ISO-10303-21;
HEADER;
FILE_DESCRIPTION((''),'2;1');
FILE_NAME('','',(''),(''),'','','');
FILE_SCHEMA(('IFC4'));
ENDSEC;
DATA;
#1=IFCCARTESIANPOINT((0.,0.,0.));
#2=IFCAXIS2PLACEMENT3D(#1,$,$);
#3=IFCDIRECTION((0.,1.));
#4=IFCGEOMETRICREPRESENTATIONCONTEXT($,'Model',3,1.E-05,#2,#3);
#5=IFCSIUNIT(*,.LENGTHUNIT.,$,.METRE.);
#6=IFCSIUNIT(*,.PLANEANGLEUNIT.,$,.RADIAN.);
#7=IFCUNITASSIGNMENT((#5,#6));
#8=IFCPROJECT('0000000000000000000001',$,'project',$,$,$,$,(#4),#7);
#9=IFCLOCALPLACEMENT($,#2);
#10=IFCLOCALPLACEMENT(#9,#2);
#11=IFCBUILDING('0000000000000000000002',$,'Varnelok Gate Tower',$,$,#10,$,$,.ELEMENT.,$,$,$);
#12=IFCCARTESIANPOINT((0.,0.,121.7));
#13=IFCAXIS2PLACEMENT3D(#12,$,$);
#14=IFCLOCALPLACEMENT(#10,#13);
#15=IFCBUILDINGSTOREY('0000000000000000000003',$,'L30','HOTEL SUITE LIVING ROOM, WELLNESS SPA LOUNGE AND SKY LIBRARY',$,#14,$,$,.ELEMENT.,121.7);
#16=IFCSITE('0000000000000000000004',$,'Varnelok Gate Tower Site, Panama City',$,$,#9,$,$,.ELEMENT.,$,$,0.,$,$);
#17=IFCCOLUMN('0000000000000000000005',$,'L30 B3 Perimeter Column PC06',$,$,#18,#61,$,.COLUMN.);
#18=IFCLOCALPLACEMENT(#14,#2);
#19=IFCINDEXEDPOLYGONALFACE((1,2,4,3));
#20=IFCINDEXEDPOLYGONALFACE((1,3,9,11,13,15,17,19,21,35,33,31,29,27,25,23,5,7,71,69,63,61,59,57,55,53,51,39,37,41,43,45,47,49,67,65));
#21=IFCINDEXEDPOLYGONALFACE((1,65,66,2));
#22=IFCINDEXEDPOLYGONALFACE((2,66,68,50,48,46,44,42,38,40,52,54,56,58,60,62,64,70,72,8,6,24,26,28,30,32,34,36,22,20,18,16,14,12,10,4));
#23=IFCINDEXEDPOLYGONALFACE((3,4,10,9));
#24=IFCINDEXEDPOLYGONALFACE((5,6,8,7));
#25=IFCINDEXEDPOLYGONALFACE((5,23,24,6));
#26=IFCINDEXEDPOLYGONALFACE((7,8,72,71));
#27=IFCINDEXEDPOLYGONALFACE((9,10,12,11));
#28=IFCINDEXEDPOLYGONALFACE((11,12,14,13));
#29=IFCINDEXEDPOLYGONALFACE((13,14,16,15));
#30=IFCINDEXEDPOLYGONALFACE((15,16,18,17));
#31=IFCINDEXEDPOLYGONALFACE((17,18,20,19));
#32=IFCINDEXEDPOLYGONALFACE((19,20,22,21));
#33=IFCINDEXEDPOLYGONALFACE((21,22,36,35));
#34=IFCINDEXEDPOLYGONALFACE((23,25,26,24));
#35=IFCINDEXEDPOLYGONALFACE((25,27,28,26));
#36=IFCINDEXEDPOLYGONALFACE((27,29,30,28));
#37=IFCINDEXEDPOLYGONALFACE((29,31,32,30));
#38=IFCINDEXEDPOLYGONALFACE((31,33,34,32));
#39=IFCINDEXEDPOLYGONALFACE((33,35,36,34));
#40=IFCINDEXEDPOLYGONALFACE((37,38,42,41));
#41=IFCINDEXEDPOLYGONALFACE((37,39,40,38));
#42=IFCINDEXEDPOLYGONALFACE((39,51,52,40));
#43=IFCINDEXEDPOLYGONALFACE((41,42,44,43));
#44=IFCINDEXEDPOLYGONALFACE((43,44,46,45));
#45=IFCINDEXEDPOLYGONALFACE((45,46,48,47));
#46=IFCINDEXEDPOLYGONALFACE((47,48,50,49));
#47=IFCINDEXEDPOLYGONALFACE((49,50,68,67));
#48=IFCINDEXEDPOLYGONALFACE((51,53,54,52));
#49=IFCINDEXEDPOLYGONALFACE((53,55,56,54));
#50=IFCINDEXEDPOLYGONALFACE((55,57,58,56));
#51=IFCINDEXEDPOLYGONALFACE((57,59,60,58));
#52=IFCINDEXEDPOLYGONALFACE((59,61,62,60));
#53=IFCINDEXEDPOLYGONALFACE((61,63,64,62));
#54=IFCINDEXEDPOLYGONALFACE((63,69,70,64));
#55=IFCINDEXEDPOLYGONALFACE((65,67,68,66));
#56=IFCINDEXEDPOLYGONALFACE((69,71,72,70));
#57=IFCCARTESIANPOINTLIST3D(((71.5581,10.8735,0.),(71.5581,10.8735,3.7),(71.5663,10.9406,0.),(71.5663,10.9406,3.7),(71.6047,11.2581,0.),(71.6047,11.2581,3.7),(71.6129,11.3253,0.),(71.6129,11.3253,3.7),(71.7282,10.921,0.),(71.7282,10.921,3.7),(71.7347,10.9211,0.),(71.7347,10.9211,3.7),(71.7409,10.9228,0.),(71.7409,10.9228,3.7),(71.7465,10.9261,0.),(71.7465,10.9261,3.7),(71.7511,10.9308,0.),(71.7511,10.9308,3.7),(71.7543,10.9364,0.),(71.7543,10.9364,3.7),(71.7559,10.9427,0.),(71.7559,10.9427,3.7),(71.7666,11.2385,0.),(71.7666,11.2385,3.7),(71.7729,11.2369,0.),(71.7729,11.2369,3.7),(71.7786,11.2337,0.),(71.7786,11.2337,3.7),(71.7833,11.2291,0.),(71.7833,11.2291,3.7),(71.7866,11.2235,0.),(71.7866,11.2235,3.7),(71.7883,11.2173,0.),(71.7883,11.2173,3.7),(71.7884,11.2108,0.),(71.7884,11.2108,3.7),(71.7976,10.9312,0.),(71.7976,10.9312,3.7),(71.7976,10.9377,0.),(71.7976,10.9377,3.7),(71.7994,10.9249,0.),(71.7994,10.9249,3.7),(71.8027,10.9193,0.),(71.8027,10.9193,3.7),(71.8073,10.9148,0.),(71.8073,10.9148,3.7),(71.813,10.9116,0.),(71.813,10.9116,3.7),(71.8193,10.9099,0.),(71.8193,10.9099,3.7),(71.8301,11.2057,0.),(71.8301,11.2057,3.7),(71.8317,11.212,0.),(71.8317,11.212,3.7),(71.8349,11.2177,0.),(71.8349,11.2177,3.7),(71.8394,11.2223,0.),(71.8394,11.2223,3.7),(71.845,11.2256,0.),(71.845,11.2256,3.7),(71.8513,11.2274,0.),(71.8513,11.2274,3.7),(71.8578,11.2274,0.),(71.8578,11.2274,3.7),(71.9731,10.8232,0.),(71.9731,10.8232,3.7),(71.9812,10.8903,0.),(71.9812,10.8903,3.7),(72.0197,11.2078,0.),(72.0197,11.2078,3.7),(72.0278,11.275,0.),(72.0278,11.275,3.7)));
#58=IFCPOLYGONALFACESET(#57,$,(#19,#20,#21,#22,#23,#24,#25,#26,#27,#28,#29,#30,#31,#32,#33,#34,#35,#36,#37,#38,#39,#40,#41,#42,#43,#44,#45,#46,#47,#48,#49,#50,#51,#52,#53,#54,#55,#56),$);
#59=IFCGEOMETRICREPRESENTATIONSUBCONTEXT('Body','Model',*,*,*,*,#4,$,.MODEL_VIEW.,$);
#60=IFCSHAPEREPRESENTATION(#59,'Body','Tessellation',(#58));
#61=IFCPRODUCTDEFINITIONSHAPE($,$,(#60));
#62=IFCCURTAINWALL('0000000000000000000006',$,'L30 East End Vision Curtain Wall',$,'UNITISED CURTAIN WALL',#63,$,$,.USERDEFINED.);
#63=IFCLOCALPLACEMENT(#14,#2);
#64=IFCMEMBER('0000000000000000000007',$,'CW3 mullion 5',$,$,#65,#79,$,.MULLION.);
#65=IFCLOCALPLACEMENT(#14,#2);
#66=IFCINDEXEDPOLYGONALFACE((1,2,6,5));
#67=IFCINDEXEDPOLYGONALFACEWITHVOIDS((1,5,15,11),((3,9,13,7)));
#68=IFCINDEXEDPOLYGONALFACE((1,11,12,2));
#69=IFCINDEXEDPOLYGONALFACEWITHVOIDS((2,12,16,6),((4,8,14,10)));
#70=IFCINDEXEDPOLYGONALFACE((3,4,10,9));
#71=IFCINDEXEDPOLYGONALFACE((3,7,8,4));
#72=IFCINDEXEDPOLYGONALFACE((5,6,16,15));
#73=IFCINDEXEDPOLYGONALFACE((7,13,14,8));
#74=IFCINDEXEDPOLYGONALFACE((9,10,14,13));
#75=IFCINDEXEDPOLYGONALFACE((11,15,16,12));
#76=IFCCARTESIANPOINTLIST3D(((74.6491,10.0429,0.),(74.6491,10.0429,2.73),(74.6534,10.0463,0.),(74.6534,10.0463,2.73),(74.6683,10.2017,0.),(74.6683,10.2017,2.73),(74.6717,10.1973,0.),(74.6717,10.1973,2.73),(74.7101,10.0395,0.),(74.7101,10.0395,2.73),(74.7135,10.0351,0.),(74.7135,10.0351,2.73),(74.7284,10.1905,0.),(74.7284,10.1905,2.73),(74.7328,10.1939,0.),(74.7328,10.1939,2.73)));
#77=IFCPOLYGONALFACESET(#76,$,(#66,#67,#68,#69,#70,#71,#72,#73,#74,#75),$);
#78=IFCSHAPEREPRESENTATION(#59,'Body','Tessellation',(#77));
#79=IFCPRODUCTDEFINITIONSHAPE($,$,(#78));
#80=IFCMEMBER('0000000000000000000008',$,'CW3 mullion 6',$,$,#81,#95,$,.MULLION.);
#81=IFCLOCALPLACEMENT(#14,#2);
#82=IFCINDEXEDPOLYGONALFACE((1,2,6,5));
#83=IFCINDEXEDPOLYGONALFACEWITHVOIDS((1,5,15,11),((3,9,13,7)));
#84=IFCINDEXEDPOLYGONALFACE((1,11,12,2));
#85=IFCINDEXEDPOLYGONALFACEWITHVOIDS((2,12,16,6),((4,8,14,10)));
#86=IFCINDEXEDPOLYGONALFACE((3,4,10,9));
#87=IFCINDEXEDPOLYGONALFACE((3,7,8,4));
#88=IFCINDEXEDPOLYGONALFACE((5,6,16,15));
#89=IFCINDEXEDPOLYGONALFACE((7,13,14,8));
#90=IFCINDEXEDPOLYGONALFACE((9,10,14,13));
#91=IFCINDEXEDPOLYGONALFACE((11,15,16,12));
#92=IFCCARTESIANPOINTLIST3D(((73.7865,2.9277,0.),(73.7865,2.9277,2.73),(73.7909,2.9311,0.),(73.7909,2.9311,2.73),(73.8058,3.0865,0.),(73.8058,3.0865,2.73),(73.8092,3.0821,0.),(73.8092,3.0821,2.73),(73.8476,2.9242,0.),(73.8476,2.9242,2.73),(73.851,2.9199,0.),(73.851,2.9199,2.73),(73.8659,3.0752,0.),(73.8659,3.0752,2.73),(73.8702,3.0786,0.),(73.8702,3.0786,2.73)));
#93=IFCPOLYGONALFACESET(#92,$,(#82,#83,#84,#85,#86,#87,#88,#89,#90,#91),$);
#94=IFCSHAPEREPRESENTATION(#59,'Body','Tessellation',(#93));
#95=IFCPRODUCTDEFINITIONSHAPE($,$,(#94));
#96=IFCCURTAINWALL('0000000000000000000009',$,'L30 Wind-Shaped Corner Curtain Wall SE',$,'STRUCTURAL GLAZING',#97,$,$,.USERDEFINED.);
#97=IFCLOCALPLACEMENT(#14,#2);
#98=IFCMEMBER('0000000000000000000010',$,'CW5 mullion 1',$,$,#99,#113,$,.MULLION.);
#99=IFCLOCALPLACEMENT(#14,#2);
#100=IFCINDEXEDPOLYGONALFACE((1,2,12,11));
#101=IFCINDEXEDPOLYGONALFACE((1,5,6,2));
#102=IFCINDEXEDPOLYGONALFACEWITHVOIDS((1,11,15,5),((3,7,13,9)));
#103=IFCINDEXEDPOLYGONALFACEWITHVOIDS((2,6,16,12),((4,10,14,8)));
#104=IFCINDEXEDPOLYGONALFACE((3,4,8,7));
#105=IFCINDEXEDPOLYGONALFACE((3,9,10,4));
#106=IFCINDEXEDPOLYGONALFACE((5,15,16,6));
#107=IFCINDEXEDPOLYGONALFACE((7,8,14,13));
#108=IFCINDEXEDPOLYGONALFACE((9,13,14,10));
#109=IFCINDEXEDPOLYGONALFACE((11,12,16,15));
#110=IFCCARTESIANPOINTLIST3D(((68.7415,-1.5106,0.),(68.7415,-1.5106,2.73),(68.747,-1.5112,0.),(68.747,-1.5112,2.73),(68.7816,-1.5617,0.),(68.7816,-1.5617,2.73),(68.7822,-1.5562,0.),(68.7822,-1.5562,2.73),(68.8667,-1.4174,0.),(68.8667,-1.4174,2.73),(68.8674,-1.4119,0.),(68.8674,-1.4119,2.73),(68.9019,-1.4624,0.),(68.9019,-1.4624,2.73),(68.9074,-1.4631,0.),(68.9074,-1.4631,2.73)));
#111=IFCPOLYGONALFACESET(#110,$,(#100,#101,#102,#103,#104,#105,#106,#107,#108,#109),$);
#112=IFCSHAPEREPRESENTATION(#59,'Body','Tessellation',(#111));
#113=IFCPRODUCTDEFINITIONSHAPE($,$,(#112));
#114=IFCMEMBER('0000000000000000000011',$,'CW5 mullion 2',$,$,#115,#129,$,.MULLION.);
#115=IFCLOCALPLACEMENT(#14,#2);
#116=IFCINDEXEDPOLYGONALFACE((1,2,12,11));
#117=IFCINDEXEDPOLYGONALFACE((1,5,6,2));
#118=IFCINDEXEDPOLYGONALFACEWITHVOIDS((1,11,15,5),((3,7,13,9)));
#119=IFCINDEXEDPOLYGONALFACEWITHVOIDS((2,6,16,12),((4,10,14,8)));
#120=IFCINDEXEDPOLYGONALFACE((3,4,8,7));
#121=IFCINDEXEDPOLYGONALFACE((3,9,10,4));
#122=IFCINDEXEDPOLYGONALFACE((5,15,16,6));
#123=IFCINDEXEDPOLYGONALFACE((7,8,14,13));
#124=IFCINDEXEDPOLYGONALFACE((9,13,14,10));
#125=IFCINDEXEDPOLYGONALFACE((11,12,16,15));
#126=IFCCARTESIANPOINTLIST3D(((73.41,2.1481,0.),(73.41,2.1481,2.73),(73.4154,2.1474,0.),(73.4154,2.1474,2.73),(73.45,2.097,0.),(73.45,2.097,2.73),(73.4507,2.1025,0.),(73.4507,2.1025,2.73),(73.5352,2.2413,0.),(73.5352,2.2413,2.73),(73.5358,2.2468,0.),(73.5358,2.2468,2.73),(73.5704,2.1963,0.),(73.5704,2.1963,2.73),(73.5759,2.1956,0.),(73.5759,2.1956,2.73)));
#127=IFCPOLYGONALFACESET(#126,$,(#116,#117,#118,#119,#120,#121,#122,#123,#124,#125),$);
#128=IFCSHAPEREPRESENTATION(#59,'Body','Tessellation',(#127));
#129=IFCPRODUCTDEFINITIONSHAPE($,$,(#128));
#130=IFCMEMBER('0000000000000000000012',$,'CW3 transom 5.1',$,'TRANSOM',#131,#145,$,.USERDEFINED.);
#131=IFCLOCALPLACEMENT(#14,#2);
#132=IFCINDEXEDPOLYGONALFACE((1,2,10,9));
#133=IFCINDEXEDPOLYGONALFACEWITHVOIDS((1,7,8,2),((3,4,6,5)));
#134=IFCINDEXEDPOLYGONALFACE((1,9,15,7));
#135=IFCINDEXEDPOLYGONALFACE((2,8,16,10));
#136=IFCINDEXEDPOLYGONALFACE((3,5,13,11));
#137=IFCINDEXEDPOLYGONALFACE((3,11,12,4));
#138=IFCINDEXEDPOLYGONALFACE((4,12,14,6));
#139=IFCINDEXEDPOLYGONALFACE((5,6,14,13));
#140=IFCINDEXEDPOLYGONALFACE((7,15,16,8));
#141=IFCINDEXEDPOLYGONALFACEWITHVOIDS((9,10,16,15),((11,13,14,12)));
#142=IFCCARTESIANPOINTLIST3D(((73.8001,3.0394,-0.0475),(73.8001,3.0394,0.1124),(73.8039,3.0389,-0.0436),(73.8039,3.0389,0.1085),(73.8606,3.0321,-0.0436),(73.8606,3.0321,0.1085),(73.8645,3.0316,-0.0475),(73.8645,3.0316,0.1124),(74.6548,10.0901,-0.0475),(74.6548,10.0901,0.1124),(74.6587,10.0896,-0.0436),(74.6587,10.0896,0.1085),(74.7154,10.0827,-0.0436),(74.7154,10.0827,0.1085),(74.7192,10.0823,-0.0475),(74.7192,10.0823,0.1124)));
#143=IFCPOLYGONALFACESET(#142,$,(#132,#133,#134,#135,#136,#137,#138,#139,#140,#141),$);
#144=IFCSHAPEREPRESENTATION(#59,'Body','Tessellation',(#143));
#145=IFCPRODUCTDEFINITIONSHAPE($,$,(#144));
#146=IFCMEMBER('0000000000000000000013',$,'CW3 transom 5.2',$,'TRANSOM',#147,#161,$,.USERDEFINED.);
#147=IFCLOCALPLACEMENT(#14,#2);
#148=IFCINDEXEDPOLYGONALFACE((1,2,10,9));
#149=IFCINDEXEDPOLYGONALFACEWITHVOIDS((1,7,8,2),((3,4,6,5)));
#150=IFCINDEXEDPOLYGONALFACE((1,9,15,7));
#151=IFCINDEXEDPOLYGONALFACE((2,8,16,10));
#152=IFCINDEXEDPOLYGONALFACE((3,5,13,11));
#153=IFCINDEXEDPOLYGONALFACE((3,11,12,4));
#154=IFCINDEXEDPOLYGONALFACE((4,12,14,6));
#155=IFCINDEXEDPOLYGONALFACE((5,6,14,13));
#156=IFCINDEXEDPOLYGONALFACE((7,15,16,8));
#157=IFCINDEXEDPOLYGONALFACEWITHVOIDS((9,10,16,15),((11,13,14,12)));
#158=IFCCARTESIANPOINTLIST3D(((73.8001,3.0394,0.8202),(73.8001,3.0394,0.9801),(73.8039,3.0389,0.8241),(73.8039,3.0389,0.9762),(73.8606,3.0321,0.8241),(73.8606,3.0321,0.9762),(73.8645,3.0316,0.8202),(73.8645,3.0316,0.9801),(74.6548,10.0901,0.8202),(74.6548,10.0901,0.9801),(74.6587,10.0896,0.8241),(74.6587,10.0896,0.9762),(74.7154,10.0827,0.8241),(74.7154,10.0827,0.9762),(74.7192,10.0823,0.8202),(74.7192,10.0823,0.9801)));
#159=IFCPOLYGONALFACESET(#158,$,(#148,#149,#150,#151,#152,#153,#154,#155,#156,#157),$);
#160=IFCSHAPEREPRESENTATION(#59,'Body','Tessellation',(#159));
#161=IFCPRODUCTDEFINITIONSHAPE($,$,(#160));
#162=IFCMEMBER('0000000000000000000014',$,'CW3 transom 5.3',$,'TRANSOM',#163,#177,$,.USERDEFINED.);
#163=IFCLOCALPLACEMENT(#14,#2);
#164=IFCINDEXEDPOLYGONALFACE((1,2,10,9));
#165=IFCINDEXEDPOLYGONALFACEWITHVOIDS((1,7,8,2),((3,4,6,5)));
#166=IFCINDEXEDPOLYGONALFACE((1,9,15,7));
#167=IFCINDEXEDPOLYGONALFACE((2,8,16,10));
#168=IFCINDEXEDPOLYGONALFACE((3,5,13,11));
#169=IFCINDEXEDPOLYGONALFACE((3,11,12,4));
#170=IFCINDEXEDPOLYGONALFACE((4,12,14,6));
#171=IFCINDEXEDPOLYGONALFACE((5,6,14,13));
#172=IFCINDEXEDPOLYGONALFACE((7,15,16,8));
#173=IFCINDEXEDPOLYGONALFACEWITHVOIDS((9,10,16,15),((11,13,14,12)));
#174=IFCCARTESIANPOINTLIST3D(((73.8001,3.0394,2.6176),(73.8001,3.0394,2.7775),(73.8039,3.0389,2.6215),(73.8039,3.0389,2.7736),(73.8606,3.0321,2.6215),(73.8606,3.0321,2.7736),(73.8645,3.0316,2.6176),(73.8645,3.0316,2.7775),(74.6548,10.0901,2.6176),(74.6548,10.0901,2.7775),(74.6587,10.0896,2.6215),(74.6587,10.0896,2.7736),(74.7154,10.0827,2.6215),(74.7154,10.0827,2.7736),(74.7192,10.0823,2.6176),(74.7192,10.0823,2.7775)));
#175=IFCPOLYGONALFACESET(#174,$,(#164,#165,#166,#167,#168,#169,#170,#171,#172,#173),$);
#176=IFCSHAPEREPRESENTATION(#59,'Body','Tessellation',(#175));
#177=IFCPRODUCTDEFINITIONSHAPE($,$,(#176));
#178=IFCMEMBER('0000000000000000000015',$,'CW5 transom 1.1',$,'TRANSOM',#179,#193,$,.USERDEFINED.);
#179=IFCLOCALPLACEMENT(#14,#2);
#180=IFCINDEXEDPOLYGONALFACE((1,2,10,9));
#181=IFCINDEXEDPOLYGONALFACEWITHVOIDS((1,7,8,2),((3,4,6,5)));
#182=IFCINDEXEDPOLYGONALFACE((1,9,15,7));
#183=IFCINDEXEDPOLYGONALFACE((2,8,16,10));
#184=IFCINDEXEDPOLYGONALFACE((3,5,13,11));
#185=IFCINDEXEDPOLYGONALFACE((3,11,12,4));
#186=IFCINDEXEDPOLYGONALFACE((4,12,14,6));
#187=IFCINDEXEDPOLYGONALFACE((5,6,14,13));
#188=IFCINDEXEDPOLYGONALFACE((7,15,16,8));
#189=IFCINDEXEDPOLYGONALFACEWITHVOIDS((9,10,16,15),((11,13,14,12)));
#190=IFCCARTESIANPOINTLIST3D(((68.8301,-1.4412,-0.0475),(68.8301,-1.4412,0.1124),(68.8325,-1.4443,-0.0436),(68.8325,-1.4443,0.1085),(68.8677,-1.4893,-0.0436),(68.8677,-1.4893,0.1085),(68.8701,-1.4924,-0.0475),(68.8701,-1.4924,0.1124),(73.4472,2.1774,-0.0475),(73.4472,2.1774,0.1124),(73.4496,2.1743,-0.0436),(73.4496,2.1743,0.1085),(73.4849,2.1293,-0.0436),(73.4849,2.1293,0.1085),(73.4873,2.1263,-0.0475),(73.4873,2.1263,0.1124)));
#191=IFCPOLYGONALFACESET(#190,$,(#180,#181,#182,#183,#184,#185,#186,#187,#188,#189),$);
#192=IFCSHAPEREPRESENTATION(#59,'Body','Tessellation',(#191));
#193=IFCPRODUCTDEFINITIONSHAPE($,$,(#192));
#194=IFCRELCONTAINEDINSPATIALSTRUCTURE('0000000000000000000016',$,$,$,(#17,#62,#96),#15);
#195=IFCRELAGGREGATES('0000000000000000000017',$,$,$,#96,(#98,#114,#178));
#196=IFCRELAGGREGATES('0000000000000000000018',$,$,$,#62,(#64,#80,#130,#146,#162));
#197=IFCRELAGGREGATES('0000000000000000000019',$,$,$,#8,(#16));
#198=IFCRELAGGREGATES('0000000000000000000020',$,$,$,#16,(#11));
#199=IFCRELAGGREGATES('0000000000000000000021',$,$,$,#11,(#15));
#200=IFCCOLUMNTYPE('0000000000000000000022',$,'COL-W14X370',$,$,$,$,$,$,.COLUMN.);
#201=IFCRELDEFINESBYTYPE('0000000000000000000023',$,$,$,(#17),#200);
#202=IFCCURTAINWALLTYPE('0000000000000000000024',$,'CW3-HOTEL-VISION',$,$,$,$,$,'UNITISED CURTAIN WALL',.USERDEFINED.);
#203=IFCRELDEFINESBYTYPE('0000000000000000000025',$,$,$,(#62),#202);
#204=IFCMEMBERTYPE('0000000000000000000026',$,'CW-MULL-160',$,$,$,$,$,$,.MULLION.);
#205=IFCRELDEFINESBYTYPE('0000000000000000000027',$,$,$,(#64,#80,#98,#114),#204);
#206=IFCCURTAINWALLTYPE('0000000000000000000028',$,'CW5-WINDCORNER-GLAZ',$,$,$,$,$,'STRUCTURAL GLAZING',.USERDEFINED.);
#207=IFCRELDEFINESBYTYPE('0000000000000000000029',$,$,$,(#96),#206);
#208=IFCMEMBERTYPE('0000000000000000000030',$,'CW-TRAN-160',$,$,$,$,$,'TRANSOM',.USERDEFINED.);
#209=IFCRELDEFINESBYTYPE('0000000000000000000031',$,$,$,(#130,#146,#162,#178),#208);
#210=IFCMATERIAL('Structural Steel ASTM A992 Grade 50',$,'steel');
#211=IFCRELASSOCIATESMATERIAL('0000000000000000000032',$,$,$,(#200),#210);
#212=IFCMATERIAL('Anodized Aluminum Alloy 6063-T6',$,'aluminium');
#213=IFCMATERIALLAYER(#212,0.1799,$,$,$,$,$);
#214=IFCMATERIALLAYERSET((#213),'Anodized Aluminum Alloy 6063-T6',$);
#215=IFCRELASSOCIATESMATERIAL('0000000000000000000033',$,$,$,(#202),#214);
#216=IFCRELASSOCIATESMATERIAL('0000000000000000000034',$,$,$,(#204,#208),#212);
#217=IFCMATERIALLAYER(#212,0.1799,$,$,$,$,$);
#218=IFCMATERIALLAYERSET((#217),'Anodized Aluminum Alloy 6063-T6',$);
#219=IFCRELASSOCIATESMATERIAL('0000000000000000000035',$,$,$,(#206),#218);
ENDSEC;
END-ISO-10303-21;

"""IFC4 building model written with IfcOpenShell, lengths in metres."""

from ifc_helpers import new_model, si_unit, direction, frame, origin, origin_2d, place, context, subcontext, project, spatial, hollow_rectangle, i_section, extrude, material, layer, layer_set, material_profile, profile_set, type_object, element, aggregate, save


model = new_model("IFC4")

# Units and contexts
model_context = context("Model", 3, precision=1e-05, world=origin(), true_north=direction((0.0, 1.0)))
body_context = subcontext(model_context, "Body", "Model", "MODEL_VIEW")
ifc_project = project(units=[si_unit("LENGTHUNIT", "METRE"), si_unit("PLANEANGLEUNIT", "RADIAN")], contexts=[model_context])

# Site, building, storey
site_placement = place(None, origin())
site = spatial("IfcSite", under=ifc_project, at=site_placement, Name="Varnelok Gate Tower Site, Panama City", CompositionType="ELEMENT", RefElevation=0.0)
building_placement = place(site_placement, origin())
building = spatial("IfcBuilding", under=site, at=building_placement, Name="Varnelok Gate Tower", CompositionType="ELEMENT")
storey_placement = place(building_placement, frame((0.0, 0.0, 121.7)))
storey = spatial("IfcBuildingStorey", under=building, at=storey_placement, Name="L30", Description="HOTEL SUITE LIVING ROOM, WELLNESS SPA LOUNGE AND SKY LIBRARY", CompositionType="ELEMENT", Elevation=121.7)

# Column
ifc_material_1 = material(Name="Structural Steel ASTM A992 Grade 50", Category="steel")
ifc_material_profile_1 = material_profile(ifc_material_1, i_section(OverallWidth=0.418, OverallDepth=0.4551, WebThickness=0.042, FlangeThickness=0.0676, FilletRadius=0.0249, at=origin_2d()), Name="W14X370")
ifc_profile_set_1 = profile_set([ifc_material_profile_1], Name="Structural Steel ASTM A992 Grade 50")
column_type = type_object("IfcColumnType", Name="COL-W14X370", PredefinedType="COLUMN", material=ifc_profile_set_1)
column_placement = place(storey_placement, frame((71.793, 11.0742, 0.0), z_axis=(0.0, 0.0, 1.0), x_axis=(0.992732, -0.120345, 0.0)))
element("IfcColumn", 1, at=column_placement, inside=storey, type_object=column_type, Name="L30 B3 Perimeter Column PC06", PredefinedType="COLUMN", context=body_context, shape_type="SweptSolid", body=[
    extrude(i_section(OverallWidth=0.418, OverallDepth=0.4551, WebThickness=0.042, FlangeThickness=0.0676, FilletRadius=0.0249, at=origin_2d()), origin(), (0.0, 0.0, 1.0), 3.7),
])

# Curtain walls, members
ifc_material_2 = material(Name="Anodized Aluminum Alloy 6063-T6", Category="aluminium")
ifc_layer_1 = layer(ifc_material_2, 0.1799)
ifc_layer_set_1 = layer_set([ifc_layer_1], Name="Anodized Aluminum Alloy 6063-T6")
curtain_wall_type_1 = type_object("IfcCurtainWallType", Name="CW3-HOTEL-VISION", ElementType="UNITISED CURTAIN WALL", PredefinedType="USERDEFINED", material=ifc_layer_set_1)
curtain_wall_1_placement = place(storey_placement, origin())
curtain_wall_1 = element("IfcCurtainWall", 2, at=curtain_wall_1_placement, inside=storey, type_object=curtain_wall_type_1, Name="L30 East End Vision Curtain Wall", ObjectType="UNITISED CURTAIN WALL", PredefinedType="USERDEFINED")
ifc_material_profile_2 = material_profile(ifc_material_2, hollow_rectangle(XDim=0.0649, YDim=0.1599, WallThickness=0.0039, at=origin_2d()), Name="ALU160X65X4")
ifc_profile_set_2 = profile_set([ifc_material_profile_2], Name="Anodized Aluminum Alloy 6063-T6")
member_type_1 = type_object("IfcMemberType", Name="CW-MULL-160", PredefinedType="MULLION", material=ifc_profile_set_2)
member_1_placement = place(storey_placement, frame((74.6909, 10.1184, 0.0), z_axis=(0.0, 0.0, 1.0), x_axis=(0.992732, -0.120347, 0.0)))
member_1 = element("IfcMember", 3, at=member_1_placement, type_object=member_type_1, Name="CW3 mullion 5", PredefinedType="MULLION", context=body_context, shape_type="SweptSolid", body=[
    extrude(hollow_rectangle(XDim=0.0649, YDim=0.1599, WallThickness=0.0039, at=origin_2d()), origin(), (0.0, 0.0, 1.0), 2.73),
])
member_2_placement = place(storey_placement, frame((73.8284, 3.0032, 0.0), z_axis=(0.0, 0.0, 1.0), x_axis=(0.992732, -0.120347, 0.0)))
member_2 = element("IfcMember", 4, at=member_2_placement, type_object=member_type_1, Name="CW3 mullion 6", PredefinedType="MULLION", context=body_context, shape_type="SweptSolid", body=[
    extrude(hollow_rectangle(XDim=0.0649, YDim=0.1599, WallThickness=0.0039, at=origin_2d()), origin(), (0.0, 0.0, 1.0), 2.73),
])
ifc_layer_2 = layer(ifc_material_2, 0.1799)
ifc_layer_set_2 = layer_set([ifc_layer_2], Name="Anodized Aluminum Alloy 6063-T6")
curtain_wall_type_2 = type_object("IfcCurtainWallType", Name="CW5-WINDCORNER-GLAZ", ElementType="STRUCTURAL GLAZING", PredefinedType="USERDEFINED", material=ifc_layer_set_2)
curtain_wall_2_placement = place(storey_placement, origin())
curtain_wall_2 = element("IfcCurtainWall", 5, at=curtain_wall_2_placement, inside=storey, type_object=curtain_wall_type_2, Name="L30 Wind-Shaped Corner Curtain Wall SE", ObjectType="STRUCTURAL GLAZING", PredefinedType="USERDEFINED")
member_3_placement = place(storey_placement, frame((68.8245, -1.4868, 0.0), z_axis=(0.0, 0.0, 1.0), x_axis=(-0.616864, 0.787069, 0.0)))
member_3 = element("IfcMember", 6, at=member_3_placement, type_object=member_type_1, Name="CW5 mullion 1", PredefinedType="MULLION", context=body_context, shape_type="SweptSolid", body=[
    extrude(hollow_rectangle(XDim=0.0649, YDim=0.1599, WallThickness=0.0039, at=origin_2d()), origin(), (0.0, 0.0, 1.0), 2.73),
])
member_4_placement = place(storey_placement, frame((73.4929, 2.1719, 0.0), z_axis=(0.0, 0.0, 1.0), x_axis=(-0.616864, 0.787069, 0.0)))
member_4 = element("IfcMember", 7, at=member_4_placement, type_object=member_type_1, Name="CW5 mullion 2", PredefinedType="MULLION", context=body_context, shape_type="SweptSolid", body=[
    extrude(hollow_rectangle(XDim=0.0649, YDim=0.1599, WallThickness=0.0039, at=origin_2d()), origin(), (0.0, 0.0, 1.0), 2.73),
])

# Members
ifc_material_profile_3 = material_profile(ifc_material_2, hollow_rectangle(XDim=0.0649, YDim=0.1599, WallThickness=0.0039, at=origin_2d()), Name="ALU160X65X4")
ifc_profile_set_3 = profile_set([ifc_material_profile_3], Name="Anodized Aluminum Alloy 6063-T6")
member_type_2 = type_object("IfcMemberType", Name="CW-TRAN-160", ElementType="TRANSOM", PredefinedType="USERDEFINED", material=ifc_profile_set_3)
member_5_placement = place(storey_placement, frame((74.687, 10.0862, 0.0325), z_axis=(-0.120345, -0.992732, 0.0), x_axis=(0.992732, -0.120345, 0.0)))
member_5 = element("IfcMember", 8, at=member_5_placement, type_object=member_type_2, Name="CW3 transom 5.1", ObjectType="TRANSOM", PredefinedType="USERDEFINED", context=body_context, shape_type="SweptSolid", body=[
    extrude(hollow_rectangle(XDim=0.0649, YDim=0.1599, WallThickness=0.0039, at=origin_2d()), origin(), (0.0, 0.0, 1.0), 7.1023),
])
member_6_placement = place(storey_placement, frame((74.687, 10.0862, 0.9001), z_axis=(-0.120345, -0.992732, 0.0), x_axis=(0.992732, -0.120345, 0.0)))
member_6 = element("IfcMember", 9, at=member_6_placement, type_object=member_type_2, Name="CW3 transom 5.2", ObjectType="TRANSOM", PredefinedType="USERDEFINED", context=body_context, shape_type="SweptSolid", body=[
    extrude(hollow_rectangle(XDim=0.0649, YDim=0.1599, WallThickness=0.0039, at=origin_2d()), origin(), (0.0, 0.0, 1.0), 7.1023),
])
member_7_placement = place(storey_placement, frame((74.687, 10.0862, 2.6975), z_axis=(-0.120345, -0.992732, 0.0), x_axis=(0.992732, -0.120345, 0.0)))
member_7 = element("IfcMember", 10, at=member_7_placement, type_object=member_type_2, Name="CW3 transom 5.3", ObjectType="TRANSOM", PredefinedType="USERDEFINED", context=body_context, shape_type="SweptSolid", body=[
    extrude(hollow_rectangle(XDim=0.0649, YDim=0.1599, WallThickness=0.0039, at=origin_2d()), origin(), (0.0, 0.0, 1.0), 7.1023),
])
member_8_placement = place(storey_placement, frame((68.8501, -1.4668, 0.0325), z_axis=(0.787074, 0.616858, 0.0), x_axis=(-0.616858, 0.787074, 0.0)))
member_8 = element("IfcMember", 11, at=member_8_placement, type_object=member_type_2, Name="CW5 transom 1.1", ObjectType="TRANSOM", PredefinedType="USERDEFINED", context=body_context, shape_type="SweptSolid", body=[
    extrude(hollow_rectangle(XDim=0.0649, YDim=0.1599, WallThickness=0.0039, at=origin_2d()), origin(), (0.0, 0.0, 1.0), 5.8662),
])

aggregate(curtain_wall_2, [member_3, member_4, member_8])
aggregate(curtain_wall_1, [member_1, member_2, member_5, member_6, member_7])

save(model, "model.ifc")
